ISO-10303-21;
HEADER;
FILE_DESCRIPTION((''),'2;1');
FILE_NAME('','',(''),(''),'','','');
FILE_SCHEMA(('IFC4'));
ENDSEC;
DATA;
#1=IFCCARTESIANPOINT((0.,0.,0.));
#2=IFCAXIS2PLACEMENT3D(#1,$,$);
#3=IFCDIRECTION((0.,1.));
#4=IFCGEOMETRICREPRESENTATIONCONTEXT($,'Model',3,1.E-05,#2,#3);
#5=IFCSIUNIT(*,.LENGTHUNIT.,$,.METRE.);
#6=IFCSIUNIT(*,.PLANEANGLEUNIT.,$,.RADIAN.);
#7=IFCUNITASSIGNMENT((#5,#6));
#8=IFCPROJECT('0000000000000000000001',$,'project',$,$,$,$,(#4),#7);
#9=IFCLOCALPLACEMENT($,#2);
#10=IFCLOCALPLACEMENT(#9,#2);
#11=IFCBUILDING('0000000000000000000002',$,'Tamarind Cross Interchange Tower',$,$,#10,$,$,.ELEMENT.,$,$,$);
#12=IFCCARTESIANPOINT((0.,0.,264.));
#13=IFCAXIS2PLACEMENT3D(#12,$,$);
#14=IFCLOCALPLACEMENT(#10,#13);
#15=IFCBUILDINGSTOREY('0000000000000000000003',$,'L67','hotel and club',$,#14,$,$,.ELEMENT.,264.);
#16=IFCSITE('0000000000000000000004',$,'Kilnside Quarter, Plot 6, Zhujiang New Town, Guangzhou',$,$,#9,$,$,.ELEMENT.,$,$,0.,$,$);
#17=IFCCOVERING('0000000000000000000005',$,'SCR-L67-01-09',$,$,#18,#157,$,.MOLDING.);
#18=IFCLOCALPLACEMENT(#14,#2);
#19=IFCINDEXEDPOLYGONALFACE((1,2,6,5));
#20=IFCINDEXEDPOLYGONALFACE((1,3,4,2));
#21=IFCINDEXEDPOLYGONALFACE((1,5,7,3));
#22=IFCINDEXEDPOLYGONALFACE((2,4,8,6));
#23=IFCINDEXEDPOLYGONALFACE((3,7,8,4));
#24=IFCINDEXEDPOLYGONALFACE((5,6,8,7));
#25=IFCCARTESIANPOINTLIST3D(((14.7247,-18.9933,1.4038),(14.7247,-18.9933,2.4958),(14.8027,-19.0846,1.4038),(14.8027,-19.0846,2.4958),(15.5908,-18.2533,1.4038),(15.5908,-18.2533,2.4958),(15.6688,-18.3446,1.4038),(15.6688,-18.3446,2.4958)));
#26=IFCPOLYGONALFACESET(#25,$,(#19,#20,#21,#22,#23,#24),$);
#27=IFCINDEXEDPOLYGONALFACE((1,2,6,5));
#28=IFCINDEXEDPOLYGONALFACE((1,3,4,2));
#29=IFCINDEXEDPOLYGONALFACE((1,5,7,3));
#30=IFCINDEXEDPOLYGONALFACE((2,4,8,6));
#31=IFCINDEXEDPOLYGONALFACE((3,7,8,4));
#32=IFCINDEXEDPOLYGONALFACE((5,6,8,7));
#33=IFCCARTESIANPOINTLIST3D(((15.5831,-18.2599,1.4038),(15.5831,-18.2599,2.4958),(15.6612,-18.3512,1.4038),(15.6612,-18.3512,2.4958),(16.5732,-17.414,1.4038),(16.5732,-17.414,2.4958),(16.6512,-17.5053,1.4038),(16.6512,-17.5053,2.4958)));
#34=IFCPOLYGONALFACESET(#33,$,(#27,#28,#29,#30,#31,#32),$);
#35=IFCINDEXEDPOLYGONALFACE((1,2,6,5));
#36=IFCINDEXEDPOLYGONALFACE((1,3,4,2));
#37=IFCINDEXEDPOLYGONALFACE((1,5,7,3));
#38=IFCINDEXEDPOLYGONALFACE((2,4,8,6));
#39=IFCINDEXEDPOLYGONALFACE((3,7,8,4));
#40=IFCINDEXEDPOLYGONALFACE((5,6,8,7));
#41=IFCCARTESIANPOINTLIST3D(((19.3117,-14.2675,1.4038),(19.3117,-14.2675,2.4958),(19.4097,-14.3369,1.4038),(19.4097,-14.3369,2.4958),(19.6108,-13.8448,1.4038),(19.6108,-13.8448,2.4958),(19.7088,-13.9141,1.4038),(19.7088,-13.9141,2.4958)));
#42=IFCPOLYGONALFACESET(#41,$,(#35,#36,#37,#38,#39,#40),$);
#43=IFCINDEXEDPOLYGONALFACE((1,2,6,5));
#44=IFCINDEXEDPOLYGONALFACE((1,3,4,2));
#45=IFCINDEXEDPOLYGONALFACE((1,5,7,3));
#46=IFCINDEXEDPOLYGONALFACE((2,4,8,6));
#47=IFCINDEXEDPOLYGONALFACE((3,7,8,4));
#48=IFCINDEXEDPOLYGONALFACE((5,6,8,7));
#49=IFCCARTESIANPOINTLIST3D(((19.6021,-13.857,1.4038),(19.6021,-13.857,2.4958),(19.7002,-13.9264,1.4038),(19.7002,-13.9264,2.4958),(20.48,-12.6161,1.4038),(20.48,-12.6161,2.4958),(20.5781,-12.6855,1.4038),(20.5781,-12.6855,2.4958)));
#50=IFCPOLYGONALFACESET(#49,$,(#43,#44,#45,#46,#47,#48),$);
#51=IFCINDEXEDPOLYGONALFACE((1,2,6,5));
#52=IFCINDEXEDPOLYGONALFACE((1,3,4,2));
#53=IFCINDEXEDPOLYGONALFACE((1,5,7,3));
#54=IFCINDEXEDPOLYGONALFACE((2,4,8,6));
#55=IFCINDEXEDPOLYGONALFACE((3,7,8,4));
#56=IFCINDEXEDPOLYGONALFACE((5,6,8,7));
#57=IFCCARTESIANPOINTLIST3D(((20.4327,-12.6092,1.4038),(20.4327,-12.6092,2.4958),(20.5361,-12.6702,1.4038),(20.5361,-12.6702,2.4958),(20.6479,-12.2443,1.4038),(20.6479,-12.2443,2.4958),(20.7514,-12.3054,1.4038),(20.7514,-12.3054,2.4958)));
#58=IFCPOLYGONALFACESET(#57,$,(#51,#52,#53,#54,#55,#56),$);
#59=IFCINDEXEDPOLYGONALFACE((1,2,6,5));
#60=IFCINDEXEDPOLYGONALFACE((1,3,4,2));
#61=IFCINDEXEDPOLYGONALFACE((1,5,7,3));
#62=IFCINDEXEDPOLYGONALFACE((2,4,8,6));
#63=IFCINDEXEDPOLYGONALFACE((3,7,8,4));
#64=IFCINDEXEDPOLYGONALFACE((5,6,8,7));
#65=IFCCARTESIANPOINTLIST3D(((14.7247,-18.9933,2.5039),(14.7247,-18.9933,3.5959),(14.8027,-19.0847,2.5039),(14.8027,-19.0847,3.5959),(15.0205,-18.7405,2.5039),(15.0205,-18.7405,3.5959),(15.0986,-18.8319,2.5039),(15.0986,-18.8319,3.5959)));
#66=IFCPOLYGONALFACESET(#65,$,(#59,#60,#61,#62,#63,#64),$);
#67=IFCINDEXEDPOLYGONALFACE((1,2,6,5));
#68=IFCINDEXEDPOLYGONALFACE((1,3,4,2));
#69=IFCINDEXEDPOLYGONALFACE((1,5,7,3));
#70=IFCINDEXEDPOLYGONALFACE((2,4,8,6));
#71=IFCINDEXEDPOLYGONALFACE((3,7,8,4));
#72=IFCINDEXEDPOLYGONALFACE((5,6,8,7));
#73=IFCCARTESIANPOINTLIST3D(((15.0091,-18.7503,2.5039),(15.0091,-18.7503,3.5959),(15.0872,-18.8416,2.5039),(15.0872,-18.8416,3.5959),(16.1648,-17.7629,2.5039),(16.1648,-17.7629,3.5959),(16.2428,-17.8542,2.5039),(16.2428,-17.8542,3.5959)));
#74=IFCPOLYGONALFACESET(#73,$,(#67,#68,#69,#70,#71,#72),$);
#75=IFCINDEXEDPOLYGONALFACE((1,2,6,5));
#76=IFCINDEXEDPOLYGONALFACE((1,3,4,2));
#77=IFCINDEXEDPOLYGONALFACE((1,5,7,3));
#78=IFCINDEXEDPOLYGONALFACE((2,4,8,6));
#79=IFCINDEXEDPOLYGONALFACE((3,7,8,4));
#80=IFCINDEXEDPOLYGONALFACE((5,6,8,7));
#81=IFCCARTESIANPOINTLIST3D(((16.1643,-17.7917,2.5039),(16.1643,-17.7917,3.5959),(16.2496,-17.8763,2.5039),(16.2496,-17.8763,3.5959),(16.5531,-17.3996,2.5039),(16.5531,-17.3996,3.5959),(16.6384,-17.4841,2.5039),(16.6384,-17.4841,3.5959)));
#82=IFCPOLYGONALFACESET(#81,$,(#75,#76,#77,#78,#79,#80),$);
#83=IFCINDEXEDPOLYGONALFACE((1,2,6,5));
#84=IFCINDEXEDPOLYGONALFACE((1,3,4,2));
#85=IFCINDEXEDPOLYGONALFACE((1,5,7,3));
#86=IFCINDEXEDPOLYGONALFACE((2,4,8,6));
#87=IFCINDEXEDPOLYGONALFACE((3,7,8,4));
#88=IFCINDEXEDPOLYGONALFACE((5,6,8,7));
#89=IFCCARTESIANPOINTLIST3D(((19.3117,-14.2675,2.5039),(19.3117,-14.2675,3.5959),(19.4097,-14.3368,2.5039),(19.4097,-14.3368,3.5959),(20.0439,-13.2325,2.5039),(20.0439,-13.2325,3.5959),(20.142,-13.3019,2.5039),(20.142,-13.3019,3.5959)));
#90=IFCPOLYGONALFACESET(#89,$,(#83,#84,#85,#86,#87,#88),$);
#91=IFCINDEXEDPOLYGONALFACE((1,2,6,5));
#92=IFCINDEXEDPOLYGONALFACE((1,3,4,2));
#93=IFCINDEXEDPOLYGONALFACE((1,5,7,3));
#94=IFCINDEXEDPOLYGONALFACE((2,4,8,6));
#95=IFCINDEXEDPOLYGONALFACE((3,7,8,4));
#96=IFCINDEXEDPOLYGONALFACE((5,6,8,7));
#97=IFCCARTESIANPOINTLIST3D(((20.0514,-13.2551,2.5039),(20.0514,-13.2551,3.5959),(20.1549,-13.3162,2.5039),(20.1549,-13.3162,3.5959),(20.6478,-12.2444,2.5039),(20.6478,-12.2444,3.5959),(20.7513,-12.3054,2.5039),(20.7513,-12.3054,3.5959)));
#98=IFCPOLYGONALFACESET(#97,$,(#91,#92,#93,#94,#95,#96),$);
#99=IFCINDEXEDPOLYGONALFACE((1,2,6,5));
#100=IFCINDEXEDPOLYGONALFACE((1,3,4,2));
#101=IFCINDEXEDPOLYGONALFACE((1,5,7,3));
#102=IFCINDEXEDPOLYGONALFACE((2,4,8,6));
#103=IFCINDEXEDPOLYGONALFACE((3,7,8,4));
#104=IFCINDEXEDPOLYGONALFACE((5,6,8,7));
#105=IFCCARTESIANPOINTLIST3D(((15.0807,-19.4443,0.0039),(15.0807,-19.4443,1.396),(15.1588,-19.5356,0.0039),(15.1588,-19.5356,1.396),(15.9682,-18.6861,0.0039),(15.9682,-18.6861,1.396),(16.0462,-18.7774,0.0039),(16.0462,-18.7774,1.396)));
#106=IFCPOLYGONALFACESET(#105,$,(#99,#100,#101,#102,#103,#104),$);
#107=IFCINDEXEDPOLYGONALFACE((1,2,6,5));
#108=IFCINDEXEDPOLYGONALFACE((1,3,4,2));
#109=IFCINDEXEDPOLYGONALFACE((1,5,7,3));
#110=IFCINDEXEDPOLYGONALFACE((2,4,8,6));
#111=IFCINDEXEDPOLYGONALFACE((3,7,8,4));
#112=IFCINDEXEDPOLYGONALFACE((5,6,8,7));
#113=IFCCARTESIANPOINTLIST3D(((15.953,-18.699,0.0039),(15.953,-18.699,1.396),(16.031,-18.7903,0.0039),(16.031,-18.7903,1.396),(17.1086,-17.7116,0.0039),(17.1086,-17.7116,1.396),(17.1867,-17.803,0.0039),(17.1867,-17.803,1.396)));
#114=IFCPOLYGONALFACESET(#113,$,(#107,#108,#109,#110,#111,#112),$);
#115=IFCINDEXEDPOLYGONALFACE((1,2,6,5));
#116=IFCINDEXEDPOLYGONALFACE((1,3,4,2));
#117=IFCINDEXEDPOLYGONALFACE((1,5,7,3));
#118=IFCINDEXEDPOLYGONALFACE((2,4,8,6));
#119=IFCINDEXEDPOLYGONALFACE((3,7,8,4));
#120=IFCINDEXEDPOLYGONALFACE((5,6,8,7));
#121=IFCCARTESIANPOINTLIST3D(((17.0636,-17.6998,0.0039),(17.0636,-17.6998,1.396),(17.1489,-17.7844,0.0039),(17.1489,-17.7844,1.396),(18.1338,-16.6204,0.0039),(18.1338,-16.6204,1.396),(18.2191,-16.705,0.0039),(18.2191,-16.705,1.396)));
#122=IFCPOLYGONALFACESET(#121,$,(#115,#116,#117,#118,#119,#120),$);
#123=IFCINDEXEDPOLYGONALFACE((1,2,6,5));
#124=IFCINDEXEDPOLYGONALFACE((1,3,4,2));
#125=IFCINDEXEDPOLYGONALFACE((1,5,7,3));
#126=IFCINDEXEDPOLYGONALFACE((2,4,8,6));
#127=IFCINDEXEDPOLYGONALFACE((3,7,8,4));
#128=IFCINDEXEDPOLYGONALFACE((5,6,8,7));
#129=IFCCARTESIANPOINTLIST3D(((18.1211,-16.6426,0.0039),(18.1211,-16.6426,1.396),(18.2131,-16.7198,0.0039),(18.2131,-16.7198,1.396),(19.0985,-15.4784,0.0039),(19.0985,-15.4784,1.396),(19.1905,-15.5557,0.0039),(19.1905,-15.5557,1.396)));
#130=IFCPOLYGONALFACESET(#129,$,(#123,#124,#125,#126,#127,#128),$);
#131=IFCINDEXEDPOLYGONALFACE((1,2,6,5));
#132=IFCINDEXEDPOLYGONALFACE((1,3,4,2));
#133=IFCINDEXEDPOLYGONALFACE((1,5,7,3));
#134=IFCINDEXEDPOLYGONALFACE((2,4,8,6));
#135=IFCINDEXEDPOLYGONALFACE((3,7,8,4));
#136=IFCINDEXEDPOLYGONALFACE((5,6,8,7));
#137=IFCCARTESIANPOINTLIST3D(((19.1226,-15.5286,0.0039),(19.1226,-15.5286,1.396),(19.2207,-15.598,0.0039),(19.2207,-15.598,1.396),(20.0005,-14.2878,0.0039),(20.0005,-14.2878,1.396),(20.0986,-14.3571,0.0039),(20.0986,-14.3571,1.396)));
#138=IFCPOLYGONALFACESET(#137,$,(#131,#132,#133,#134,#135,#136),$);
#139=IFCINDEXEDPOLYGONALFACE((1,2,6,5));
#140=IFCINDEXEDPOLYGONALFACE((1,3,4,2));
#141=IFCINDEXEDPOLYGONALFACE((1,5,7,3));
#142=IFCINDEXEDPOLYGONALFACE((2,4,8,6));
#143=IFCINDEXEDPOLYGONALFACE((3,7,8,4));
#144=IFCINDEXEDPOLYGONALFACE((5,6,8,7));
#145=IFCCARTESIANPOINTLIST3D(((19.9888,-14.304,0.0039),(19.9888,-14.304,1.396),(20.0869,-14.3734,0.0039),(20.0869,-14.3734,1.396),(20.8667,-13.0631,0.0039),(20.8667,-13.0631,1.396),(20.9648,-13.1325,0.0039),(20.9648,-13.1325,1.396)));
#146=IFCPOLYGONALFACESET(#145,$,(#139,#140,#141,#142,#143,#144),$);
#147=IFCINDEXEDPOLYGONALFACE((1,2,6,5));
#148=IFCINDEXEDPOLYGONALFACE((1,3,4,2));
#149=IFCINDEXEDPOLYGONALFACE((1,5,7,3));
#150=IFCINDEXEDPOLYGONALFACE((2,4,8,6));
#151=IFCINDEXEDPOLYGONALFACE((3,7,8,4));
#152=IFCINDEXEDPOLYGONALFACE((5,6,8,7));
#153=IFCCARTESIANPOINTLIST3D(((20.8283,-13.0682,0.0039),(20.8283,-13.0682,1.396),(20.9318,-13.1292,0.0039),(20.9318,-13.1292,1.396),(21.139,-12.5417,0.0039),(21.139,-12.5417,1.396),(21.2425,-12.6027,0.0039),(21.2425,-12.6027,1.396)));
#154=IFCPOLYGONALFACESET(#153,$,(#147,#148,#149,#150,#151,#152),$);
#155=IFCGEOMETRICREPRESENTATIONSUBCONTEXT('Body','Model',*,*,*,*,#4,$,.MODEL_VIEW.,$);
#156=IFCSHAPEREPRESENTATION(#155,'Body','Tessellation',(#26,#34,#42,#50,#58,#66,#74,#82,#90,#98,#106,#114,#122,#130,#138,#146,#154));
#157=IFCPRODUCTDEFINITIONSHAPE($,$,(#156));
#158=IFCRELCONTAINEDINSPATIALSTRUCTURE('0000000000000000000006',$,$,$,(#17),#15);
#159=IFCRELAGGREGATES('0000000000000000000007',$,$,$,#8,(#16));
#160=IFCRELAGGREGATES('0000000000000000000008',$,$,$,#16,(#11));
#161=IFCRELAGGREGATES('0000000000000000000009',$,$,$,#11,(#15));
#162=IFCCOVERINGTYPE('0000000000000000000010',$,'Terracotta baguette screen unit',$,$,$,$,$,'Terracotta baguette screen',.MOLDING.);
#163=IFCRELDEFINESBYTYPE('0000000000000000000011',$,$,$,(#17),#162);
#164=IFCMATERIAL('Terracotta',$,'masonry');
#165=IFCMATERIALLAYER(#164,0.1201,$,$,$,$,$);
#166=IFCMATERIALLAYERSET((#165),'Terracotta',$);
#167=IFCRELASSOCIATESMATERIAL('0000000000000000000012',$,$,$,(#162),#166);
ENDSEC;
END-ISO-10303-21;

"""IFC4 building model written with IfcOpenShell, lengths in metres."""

from ifc_helpers import new_model, si_unit, direction, frame, origin, origin_2d, place, context, subcontext, project, spatial, rectangle, extrude, material, layer, layer_set, type_object, element, save


model = new_model("IFC4")

# Units and contexts
model_context = context("Model", 3, precision=1e-05, world=origin(), true_north=direction((0.0, 1.0)))
body_context = subcontext(model_context, "Body", "Model", "MODEL_VIEW")
ifc_project = project(units=[si_unit("LENGTHUNIT", "METRE"), si_unit("PLANEANGLEUNIT", "RADIAN")], contexts=[model_context])

# Site, building, storey
site_placement = place(None, origin())
site = spatial("IfcSite", under=ifc_project, at=site_placement, Name="Kilnside Quarter, Plot 6, Zhujiang New Town, Guangzhou", CompositionType="ELEMENT", RefElevation=0.0)
building_placement = place(site_placement, origin())
building = spatial("IfcBuilding", under=site, at=building_placement, Name="Tamarind Cross Interchange Tower", CompositionType="ELEMENT")
storey_placement = place(building_placement, frame((0.0, 0.0, 264.0)))
storey = spatial("IfcBuildingStorey", under=building, at=storey_placement, Name="L67", Description="hotel and club", CompositionType="ELEMENT", Elevation=264.0)

# Covering
ifc_material_1 = material(Name="Terracotta", Category="masonry")
ifc_layer_1 = layer(ifc_material_1, 0.1201)
ifc_layer_set_1 = layer_set([ifc_layer_1], Name="Terracotta")
covering_type = type_object("IfcCoveringType", Name="Terracotta baguette screen unit", ElementType="Terracotta baguette screen", PredefinedType="MOLDING", material=ifc_layer_set_1)
covering_1_placement = place(storey_placement, origin())
element("IfcCovering", 1, at=covering_1_placement, inside=storey, type_object=covering_type, Name="SCR-L67-01-09", PredefinedType="MOLDING", context=body_context, shape_type="SweptSolid", body=[
    extrude(rectangle(XDim=1.1392, YDim=0.1201, at=origin_2d()), frame((15.1968, -18.6689, 1.4038), z_axis=(0.0, 0.0, 1.0), x_axis=(0.760296, 0.649577, 0.0)), (0.0, 0.0, 1.0), 1.092),
    extrude(rectangle(XDim=1.3022, YDim=0.1201, at=origin_2d()), frame((16.1172, -17.8826, 1.4038), z_axis=(0.0, 0.0, 1.0), x_axis=(0.760296, 0.649577, 0.0)), (0.0, 0.0, 1.0), 1.092),
    extrude(rectangle(XDim=0.5178, YDim=0.1201, at=origin_2d()), frame((19.5103, -14.0908, 1.4038), z_axis=(0.0, 0.0, 1.0), x_axis=(0.577569, 0.816342, 0.0)), (0.0, 0.0, 1.0), 1.092),
    extrude(rectangle(XDim=1.52, YDim=0.1201, at=origin_2d()), frame((20.0901, -13.2712, 1.4038), z_axis=(0.0, 0.0, 1.0), x_axis=(0.577569, 0.816342, 0.0)), (0.0, 0.0, 1.0), 1.092),
    extrude(rectangle(XDim=0.4236, YDim=0.1201, at=origin_2d()), frame((20.592, -12.4573, 1.4038), z_axis=(0.0, 0.0, 1.0), x_axis=(0.508183, 0.861249, 0.0)), (0.0, 0.0, 1.0), 1.092),
    extrude(rectangle(XDim=0.3892, YDim=0.1201, at=origin_2d()), frame((14.9116, -18.9126, 2.5039), z_axis=(0.0, 0.0, 1.0), x_axis=(0.760296, 0.649577, 0.0)), (0.0, 0.0, 1.0), 1.092),
    extrude(rectangle(XDim=1.52, YDim=0.1201, at=origin_2d()), frame((15.626, -18.3022, 2.5039), z_axis=(0.0, 0.0, 1.0), x_axis=(0.760296, 0.649577, 0.0)), (0.0, 0.0, 1.0), 1.092),
    extrude(rectangle(XDim=0.5522, YDim=0.1201, at=origin_2d()), frame((16.4014, -17.6379, 2.5039), z_axis=(0.0, 0.0, 1.0), x_axis=(0.704057, 0.710143, 0.0)), (0.0, 0.0, 1.0), 1.092),
    extrude(rectangle(XDim=1.2678, YDim=0.1201, at=origin_2d()), frame((19.7268, -13.7847, 2.5039), z_axis=(0.0, 0.0, 1.0), x_axis=(0.577569, 0.816342, 0.0)), (0.0, 0.0, 1.0), 1.092),
    extrude(rectangle(XDim=1.1736, YDim=0.1201, at=origin_2d()), frame((20.4014, -12.7803, 2.5039), z_axis=(0.0, 0.0, 1.0), x_axis=(0.508183, 0.861249, 0.0)), (0.0, 0.0, 1.0), 1.092),
    extrude(rectangle(XDim=1.1672, YDim=0.1201, at=origin_2d()), frame((15.5635, -19.1108, 0.0039), z_axis=(0.0, 0.0, 1.0), x_axis=(0.760296, 0.649577, 0.0)), (0.0, 0.0, 1.0), 1.3921),
    extrude(rectangle(XDim=1.52, YDim=0.1201, at=origin_2d()), frame((16.5698, -18.251, 0.0039), z_axis=(0.0, 0.0, 1.0), x_axis=(0.760296, 0.649577, 0.0)), (0.0, 0.0, 1.0), 1.3921),
    extrude(rectangle(XDim=1.52, YDim=0.1201, at=origin_2d()), frame((17.6414, -17.2024, 0.0039), z_axis=(0.0, 0.0, 1.0), x_axis=(0.704057, 0.710143, 0.0)), (0.0, 0.0, 1.0), 1.3921),
    extrude(rectangle(XDim=1.52, YDim=0.1201, at=origin_2d()), frame((18.6558, -16.0991, 0.0039), z_axis=(0.0, 0.0, 1.0), x_axis=(0.643009, 0.765858, 0.0)), (0.0, 0.0, 1.0), 1.3921),
    extrude(rectangle(XDim=1.52, YDim=0.1201, at=origin_2d()), frame((19.6106, -14.9429, 0.0039), z_axis=(0.0, 0.0, 1.0), x_axis=(0.577569, 0.816342, 0.0)), (0.0, 0.0, 1.0), 1.3921),
    extrude(rectangle(XDim=1.52, YDim=0.1201, at=origin_2d()), frame((20.4768, -13.7183, 0.0039), z_axis=(0.0, 0.0, 1.0), x_axis=(0.577569, 0.816342, 0.0)), (0.0, 0.0, 1.0), 1.3921),
    extrude(rectangle(XDim=0.6113, YDim=0.1201, at=origin_2d()), frame((21.0354, -12.8354, 0.0039), z_axis=(0.0, 0.0, 1.0), x_axis=(0.508183, 0.861249, 0.0)), (0.0, 0.0, 1.0), 1.3921),
])

save(model, "model.ifc")
